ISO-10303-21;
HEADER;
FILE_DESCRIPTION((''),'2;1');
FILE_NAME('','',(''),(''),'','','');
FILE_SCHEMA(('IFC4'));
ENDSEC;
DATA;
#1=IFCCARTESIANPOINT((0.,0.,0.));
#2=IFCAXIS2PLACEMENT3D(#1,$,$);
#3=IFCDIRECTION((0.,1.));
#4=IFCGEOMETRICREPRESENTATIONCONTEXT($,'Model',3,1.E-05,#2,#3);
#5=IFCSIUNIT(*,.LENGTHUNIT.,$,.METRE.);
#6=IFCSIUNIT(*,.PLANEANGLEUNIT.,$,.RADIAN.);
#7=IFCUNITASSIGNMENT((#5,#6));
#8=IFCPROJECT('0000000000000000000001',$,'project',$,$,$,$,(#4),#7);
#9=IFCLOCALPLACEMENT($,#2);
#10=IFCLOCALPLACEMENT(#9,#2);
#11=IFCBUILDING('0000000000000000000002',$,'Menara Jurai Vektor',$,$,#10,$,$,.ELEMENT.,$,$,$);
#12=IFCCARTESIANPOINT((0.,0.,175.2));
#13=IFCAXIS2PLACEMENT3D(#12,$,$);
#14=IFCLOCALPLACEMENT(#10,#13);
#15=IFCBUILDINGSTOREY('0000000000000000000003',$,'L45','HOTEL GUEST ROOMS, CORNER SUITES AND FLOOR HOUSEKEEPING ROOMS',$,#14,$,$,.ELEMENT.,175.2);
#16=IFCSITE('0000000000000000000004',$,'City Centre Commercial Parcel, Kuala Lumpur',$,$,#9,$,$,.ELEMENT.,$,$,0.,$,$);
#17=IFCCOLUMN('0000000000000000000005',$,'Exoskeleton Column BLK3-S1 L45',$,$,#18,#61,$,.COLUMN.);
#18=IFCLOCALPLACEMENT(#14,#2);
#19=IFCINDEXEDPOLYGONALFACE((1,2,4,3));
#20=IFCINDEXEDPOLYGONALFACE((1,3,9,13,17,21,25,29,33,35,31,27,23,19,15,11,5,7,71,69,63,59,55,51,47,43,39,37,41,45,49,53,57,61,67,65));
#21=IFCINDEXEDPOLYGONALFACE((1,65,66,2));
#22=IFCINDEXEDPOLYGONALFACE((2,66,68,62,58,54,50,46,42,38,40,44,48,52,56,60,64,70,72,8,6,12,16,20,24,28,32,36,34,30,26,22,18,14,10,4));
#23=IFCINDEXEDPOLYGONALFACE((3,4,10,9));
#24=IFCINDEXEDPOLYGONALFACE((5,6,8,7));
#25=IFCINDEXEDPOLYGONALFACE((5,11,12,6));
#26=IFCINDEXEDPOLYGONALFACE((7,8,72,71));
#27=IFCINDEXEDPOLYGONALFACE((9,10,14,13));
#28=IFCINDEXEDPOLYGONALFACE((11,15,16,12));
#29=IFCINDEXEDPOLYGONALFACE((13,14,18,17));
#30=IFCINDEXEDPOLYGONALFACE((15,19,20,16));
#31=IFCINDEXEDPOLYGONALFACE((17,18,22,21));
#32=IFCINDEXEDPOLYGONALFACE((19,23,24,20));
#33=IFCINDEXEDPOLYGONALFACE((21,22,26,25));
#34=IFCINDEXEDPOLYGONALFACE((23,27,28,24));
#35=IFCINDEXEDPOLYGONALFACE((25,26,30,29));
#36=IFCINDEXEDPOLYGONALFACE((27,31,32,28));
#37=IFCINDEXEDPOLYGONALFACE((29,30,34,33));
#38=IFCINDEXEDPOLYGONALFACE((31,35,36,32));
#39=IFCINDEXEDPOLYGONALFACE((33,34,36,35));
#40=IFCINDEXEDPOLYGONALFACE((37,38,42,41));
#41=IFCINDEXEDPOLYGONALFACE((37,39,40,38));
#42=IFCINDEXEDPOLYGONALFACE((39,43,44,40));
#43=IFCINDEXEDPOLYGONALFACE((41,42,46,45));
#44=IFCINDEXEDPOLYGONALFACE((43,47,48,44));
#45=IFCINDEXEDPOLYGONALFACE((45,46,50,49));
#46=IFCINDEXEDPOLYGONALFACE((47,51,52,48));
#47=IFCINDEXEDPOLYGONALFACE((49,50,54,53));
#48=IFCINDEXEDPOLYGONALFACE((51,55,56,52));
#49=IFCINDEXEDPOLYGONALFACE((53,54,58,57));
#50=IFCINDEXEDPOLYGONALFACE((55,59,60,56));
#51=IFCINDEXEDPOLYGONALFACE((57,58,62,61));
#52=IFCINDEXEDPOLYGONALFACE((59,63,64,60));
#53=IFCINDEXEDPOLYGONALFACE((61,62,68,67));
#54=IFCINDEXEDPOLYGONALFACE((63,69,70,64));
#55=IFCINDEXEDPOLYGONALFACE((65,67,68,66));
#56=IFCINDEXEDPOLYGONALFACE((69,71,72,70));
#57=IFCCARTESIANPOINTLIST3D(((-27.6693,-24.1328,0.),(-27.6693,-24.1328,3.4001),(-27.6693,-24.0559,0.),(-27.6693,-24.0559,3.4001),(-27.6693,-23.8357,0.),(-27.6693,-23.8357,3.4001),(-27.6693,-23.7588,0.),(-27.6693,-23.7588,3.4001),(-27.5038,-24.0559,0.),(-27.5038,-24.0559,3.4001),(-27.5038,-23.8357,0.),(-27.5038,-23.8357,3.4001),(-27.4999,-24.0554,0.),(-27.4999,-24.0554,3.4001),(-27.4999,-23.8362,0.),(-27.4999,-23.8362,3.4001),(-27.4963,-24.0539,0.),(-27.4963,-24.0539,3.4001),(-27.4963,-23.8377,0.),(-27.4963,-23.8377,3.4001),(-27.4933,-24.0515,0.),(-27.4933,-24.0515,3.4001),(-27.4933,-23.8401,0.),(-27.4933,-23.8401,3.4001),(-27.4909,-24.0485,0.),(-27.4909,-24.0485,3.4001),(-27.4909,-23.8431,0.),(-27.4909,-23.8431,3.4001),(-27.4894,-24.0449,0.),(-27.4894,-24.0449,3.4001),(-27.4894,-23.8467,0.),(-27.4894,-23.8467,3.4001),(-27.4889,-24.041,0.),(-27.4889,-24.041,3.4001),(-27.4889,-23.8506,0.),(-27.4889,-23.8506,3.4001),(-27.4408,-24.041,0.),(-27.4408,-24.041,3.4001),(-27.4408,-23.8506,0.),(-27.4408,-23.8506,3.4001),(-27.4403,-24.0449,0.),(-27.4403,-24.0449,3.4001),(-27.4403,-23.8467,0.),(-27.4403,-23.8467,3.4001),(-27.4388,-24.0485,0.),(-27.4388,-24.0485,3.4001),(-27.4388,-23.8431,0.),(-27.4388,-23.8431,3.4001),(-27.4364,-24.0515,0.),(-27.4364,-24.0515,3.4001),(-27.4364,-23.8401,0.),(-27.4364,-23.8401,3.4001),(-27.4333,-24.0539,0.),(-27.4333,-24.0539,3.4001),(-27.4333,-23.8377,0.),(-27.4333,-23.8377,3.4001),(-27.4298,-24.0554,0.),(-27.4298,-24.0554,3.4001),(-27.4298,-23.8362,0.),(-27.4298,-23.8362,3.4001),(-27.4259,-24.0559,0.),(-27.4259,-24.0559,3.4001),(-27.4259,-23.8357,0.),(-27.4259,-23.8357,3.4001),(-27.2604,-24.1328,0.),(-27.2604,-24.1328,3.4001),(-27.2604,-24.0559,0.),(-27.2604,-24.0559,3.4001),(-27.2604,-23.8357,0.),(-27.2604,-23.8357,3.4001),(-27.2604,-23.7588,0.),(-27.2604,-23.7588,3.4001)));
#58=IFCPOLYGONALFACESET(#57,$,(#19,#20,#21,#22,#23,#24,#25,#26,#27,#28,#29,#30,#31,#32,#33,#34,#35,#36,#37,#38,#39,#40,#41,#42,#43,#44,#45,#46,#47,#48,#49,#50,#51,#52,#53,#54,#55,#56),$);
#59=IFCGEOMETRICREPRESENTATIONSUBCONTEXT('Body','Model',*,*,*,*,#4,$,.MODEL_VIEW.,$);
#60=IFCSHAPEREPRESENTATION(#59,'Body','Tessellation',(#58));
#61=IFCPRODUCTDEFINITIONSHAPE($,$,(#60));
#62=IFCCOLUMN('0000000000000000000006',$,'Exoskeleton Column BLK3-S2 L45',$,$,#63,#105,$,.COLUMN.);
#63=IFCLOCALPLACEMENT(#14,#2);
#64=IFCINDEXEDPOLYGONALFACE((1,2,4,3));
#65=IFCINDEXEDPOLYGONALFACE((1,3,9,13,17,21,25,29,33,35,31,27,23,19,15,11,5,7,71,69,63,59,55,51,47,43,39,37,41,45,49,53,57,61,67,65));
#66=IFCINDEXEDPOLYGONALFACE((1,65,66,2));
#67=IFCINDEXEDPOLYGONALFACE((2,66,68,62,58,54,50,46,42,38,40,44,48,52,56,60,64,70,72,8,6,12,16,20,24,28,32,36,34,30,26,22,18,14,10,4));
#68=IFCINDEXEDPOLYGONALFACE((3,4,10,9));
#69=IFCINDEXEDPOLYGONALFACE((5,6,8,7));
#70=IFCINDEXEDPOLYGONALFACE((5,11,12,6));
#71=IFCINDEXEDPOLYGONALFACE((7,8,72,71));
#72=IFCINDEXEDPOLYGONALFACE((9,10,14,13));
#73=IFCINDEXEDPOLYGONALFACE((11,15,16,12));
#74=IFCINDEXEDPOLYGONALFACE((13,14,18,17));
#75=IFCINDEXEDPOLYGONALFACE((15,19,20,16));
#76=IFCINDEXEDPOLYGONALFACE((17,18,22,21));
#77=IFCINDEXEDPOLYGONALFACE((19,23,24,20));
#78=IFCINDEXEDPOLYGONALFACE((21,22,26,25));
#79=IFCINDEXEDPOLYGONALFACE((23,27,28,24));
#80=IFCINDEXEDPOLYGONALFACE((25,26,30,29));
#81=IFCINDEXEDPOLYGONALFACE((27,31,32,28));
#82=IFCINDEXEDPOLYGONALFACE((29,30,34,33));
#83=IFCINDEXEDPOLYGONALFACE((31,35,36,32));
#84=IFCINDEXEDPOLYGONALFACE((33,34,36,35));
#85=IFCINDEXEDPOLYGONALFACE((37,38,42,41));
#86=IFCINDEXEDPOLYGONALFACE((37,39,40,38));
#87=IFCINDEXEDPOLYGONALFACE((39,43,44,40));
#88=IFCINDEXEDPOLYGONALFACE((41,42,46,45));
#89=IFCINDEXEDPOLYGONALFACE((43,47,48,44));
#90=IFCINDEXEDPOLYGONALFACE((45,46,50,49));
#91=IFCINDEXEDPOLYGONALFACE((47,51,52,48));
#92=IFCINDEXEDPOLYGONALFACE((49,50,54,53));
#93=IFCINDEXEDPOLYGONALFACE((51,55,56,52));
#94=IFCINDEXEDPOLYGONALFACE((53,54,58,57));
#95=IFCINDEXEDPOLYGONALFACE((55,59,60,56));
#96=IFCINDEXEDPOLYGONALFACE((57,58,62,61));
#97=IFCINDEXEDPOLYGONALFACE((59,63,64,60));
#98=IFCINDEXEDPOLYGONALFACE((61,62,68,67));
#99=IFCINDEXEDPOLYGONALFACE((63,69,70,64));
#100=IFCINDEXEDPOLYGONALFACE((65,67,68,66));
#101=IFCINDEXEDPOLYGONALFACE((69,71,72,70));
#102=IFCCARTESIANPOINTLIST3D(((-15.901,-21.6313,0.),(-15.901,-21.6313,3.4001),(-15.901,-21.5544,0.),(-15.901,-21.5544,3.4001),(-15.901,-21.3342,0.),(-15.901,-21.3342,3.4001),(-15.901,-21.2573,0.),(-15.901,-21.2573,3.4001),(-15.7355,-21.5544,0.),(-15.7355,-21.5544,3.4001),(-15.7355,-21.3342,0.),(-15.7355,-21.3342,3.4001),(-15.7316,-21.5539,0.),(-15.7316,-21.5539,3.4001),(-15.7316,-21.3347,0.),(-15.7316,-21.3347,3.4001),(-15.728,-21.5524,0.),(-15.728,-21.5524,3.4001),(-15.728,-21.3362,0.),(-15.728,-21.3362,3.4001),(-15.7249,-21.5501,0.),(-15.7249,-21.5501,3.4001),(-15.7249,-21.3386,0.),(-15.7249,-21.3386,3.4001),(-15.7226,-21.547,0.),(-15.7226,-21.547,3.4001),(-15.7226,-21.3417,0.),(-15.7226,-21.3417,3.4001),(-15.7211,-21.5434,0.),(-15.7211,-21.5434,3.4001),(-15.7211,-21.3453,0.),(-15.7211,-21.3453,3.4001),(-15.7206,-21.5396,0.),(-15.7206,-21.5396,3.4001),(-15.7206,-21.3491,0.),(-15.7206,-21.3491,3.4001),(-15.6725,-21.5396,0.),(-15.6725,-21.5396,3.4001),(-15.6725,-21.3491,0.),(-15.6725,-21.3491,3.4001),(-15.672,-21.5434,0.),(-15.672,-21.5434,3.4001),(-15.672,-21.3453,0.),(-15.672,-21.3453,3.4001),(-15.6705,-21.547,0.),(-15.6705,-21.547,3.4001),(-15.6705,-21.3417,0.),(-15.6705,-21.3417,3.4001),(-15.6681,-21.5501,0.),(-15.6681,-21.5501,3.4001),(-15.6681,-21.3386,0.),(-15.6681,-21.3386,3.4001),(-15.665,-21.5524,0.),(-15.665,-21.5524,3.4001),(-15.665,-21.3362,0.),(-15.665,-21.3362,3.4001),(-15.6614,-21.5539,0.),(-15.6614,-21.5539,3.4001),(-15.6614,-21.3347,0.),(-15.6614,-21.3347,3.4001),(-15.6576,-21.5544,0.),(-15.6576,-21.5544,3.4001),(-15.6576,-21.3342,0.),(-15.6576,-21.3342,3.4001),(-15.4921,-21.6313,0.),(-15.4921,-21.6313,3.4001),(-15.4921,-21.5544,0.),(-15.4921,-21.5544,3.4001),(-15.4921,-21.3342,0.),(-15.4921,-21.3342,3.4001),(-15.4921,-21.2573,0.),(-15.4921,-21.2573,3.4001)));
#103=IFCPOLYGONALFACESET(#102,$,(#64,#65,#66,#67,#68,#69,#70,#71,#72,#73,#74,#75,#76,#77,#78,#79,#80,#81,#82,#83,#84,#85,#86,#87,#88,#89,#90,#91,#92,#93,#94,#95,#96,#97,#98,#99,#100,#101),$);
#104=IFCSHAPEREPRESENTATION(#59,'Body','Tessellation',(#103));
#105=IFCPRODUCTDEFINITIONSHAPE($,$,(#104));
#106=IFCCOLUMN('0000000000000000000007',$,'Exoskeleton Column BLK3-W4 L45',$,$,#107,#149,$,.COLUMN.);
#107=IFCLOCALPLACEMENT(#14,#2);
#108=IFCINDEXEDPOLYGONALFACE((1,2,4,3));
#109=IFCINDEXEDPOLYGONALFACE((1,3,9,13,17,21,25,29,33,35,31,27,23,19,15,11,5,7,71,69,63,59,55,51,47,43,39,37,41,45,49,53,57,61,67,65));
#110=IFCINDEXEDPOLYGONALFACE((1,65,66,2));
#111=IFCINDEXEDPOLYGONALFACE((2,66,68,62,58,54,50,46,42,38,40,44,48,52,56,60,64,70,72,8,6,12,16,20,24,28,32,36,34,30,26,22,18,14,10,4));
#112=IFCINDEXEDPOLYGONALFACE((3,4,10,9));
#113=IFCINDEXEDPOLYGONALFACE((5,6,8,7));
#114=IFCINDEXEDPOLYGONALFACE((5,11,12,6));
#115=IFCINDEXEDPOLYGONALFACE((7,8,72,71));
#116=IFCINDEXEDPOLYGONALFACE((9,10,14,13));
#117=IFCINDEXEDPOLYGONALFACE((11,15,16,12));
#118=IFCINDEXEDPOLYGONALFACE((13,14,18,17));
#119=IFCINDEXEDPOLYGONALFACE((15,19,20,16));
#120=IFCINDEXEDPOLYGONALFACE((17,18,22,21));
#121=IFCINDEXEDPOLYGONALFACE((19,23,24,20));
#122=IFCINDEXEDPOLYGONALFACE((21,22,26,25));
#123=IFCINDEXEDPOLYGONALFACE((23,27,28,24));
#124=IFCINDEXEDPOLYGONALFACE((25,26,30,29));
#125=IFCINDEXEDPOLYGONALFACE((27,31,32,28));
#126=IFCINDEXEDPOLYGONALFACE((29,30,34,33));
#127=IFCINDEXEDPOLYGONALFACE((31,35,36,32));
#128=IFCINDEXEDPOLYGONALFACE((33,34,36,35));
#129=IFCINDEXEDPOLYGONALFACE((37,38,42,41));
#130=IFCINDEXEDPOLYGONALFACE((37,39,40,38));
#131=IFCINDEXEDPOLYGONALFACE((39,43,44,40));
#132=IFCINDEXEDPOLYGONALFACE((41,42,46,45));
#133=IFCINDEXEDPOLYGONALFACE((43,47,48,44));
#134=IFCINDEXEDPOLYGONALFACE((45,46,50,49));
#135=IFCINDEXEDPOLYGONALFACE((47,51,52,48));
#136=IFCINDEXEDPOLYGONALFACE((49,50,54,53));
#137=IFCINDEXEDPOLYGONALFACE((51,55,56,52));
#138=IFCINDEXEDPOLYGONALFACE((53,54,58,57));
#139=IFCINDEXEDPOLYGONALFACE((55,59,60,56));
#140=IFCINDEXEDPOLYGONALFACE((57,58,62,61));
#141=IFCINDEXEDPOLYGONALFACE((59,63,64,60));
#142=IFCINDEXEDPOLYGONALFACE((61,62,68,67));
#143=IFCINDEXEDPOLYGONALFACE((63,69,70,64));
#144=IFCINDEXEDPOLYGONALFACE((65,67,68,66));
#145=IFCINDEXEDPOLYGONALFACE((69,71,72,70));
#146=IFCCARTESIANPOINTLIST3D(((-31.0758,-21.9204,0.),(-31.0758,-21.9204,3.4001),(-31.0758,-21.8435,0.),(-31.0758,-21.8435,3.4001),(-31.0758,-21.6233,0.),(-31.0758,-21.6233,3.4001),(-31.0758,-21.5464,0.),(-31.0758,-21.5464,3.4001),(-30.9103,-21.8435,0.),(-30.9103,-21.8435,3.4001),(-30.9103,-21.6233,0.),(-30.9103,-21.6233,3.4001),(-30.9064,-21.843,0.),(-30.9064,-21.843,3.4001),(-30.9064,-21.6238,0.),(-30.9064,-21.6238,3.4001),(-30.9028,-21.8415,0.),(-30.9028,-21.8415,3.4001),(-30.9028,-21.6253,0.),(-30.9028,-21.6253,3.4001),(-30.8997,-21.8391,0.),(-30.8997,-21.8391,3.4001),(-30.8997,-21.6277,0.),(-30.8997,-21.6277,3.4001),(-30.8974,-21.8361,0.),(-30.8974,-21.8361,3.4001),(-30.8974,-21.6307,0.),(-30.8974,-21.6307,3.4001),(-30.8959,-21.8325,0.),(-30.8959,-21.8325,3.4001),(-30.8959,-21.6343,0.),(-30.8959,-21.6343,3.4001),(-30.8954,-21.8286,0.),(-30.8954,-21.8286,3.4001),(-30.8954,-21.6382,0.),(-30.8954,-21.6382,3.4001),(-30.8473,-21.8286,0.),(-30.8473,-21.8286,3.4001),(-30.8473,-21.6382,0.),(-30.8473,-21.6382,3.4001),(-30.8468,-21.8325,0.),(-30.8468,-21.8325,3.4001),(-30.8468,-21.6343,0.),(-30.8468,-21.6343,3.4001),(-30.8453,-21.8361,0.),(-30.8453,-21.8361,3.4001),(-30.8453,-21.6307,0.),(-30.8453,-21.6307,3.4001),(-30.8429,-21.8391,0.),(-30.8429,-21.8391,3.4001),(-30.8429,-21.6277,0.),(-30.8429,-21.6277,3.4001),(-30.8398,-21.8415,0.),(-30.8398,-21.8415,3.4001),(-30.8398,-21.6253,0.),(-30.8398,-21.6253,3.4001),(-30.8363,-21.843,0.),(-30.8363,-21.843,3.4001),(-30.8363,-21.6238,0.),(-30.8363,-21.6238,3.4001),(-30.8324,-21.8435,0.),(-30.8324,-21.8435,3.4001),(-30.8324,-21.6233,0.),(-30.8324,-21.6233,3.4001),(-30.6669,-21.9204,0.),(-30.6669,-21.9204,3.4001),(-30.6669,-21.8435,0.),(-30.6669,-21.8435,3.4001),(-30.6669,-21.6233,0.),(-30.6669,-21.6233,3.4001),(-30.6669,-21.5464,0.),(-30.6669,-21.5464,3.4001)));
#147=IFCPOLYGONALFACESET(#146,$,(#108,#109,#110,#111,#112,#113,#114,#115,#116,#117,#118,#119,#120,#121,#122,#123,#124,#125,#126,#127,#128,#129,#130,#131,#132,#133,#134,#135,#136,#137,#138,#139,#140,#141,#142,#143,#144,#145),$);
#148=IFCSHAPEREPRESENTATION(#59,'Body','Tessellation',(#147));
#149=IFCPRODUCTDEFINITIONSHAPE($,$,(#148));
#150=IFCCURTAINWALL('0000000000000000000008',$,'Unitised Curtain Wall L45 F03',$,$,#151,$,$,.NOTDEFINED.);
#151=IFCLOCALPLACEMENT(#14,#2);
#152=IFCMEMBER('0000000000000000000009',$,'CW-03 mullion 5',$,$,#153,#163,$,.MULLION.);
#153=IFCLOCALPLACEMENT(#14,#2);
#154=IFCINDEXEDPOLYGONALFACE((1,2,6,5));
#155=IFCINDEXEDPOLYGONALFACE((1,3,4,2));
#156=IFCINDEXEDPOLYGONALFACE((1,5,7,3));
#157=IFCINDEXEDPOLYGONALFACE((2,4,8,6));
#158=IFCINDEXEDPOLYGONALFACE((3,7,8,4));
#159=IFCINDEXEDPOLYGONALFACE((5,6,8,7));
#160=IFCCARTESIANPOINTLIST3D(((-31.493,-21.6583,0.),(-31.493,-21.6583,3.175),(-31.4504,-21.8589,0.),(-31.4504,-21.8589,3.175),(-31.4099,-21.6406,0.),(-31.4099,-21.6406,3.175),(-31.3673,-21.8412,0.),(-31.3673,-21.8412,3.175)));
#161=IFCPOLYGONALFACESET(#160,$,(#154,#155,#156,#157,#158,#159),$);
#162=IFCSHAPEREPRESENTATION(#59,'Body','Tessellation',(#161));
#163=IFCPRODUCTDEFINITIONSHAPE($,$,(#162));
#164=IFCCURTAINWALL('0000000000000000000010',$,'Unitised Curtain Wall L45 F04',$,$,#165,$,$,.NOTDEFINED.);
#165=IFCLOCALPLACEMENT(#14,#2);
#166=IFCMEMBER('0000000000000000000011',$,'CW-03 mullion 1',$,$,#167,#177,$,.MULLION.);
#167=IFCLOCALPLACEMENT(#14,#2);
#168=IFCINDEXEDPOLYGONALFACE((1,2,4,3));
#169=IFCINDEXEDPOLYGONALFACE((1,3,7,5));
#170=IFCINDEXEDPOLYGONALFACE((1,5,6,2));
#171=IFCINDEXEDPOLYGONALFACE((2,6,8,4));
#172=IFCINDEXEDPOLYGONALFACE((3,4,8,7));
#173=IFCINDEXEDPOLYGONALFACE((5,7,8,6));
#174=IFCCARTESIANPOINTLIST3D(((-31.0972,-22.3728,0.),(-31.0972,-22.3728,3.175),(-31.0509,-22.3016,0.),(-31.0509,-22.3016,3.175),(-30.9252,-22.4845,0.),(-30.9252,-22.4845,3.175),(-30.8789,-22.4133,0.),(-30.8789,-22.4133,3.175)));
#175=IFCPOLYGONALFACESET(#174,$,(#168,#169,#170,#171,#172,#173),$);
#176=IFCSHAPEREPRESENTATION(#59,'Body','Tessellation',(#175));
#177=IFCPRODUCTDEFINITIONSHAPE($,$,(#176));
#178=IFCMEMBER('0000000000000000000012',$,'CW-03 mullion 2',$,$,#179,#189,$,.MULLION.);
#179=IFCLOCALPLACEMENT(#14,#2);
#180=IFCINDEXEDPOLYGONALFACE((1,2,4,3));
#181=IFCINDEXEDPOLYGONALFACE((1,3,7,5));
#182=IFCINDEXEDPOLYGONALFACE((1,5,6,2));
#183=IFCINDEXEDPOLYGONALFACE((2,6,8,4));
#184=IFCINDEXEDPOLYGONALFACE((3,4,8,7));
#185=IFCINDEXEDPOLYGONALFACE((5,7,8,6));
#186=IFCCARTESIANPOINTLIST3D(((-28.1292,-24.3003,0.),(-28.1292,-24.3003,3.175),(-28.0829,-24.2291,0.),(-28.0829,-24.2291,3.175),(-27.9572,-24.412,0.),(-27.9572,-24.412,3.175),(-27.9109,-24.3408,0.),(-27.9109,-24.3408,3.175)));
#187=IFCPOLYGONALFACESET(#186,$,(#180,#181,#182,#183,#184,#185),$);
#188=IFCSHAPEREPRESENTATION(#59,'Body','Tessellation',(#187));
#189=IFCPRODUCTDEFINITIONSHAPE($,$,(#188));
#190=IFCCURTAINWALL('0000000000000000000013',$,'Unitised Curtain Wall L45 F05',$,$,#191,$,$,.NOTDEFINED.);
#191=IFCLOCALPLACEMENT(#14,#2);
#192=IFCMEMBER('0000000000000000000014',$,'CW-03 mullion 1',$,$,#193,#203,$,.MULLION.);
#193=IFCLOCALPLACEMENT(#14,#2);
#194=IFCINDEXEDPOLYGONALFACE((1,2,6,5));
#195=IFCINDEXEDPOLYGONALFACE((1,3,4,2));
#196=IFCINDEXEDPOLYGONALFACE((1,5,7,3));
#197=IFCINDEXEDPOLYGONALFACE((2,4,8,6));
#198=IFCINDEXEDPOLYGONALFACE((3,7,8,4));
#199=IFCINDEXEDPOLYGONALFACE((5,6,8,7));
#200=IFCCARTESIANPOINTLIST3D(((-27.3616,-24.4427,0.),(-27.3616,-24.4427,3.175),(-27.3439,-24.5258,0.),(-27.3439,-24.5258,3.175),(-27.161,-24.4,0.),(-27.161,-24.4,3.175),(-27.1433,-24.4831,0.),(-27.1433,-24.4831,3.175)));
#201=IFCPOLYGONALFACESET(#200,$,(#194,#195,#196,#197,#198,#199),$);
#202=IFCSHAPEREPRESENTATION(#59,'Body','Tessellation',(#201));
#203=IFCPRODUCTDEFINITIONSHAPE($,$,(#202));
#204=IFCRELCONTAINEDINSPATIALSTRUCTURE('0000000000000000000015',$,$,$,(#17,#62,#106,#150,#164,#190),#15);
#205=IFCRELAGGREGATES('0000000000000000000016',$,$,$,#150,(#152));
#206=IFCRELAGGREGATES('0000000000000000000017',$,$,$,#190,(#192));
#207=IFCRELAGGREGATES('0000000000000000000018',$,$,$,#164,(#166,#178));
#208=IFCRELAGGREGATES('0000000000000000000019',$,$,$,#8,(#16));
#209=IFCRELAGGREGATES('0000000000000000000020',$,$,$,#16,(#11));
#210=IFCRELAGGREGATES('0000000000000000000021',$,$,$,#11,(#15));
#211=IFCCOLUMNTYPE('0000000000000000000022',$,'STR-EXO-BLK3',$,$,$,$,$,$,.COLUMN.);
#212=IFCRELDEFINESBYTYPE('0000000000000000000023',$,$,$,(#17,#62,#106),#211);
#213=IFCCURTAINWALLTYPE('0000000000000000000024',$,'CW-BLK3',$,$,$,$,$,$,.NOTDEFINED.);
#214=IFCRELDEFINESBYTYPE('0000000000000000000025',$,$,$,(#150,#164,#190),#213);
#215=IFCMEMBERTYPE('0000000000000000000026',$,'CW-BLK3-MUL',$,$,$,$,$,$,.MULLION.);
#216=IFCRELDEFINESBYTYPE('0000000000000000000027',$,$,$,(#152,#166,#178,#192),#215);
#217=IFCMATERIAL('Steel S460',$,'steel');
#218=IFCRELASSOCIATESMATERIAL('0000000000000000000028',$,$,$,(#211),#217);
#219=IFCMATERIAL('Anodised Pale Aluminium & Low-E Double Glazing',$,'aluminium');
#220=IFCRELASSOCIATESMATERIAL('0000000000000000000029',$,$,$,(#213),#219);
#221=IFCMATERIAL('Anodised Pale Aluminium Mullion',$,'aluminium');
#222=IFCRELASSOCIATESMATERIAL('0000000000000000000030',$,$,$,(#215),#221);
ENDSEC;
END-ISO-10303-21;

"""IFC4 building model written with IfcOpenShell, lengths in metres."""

from ifc_helpers import new_model, si_unit, direction, frame, origin, origin_2d, place, context, subcontext, project, spatial, rectangle, i_section, extrude, material, material_profile, profile_set, type_object, element, aggregate, save


model = new_model("IFC4")

# Units and contexts
model_context = context("Model", 3, precision=1e-05, world=origin(), true_north=direction((0.0, 1.0)))
body_context = subcontext(model_context, "Body", "Model", "MODEL_VIEW")
ifc_project = project(units=[si_unit("LENGTHUNIT", "METRE"), si_unit("PLANEANGLEUNIT", "RADIAN")], contexts=[model_context])

# Site, building, storey
site_placement = place(None, origin())
site = spatial("IfcSite", under=ifc_project, at=site_placement, Name="City Centre Commercial Parcel, Kuala Lumpur", CompositionType="ELEMENT", RefElevation=0.0)
building_placement = place(site_placement, origin())
building = spatial("IfcBuilding", under=site, at=building_placement, Name="Menara Jurai Vektor", CompositionType="ELEMENT")
storey_placement = place(building_placement, frame((0.0, 0.0, 175.2)))
storey = spatial("IfcBuildingStorey", under=building, at=storey_placement, Name="L45", Description="HOTEL GUEST ROOMS, CORNER SUITES AND FLOOR HOUSEKEEPING ROOMS", CompositionType="ELEMENT", Elevation=175.2)

# Columns
ifc_material_1 = material(Name="Steel S460", Category="steel")
ifc_material_profile_1 = material_profile(ifc_material_1, i_section(OverallWidth=0.4089, OverallDepth=0.374, WebThickness=0.0481, FlangeThickness=0.0769, FilletRadius=0.0149, at=origin_2d()), Name="HD 400x634")
ifc_profile_set_1 = profile_set([ifc_material_profile_1], Name="Steel S460")
column_type = type_object("IfcColumnType", Name="STR-EXO-BLK3", PredefinedType="COLUMN", material=ifc_profile_set_1)
for number, where, z_axis, x_axis, name in (
    (1, (-27.4648, -23.9458, 0.0), (0.0, 0.0, 1.0), (1.0, 0.0, 0.0), "Exoskeleton Column BLK3-S1 L45"),
    (2, (-15.6965, -21.4443, 0.0), (0.0, 0.0, 1.0), (1.0, 0.0, 0.0), "Exoskeleton Column BLK3-S2 L45"),
    (3, (-30.8713, -21.7334, 0.0), (0.0, 0.0, 1.0), (1.0, 0.0, 0.0), "Exoskeleton Column BLK3-W4 L45"),
):
    element("IfcColumn", number, at=place(storey_placement, frame(where, z_axis=z_axis, x_axis=x_axis)), inside=storey, type_object=column_type, Name=name, PredefinedType="COLUMN", context=body_context, shape_type="SweptSolid", body=[
        extrude(i_section(OverallWidth=0.4089, OverallDepth=0.374, WebThickness=0.0481, FlangeThickness=0.0769, FilletRadius=0.0149, at=origin_2d()), origin(), (0.0, 0.0, 1.0), 3.4001),
    ])

# Curtain wall, member
ifc_material_2 = material(Name="Anodised Pale Aluminium & Low-E Double Glazing", Category="aluminium")
curtain_wall_type = type_object("IfcCurtainWallType", Name="CW-BLK3", PredefinedType="NOTDEFINED", material=ifc_material_2)
curtain_wall_1_placement = place(storey_placement, origin())
curtain_wall_1 = element("IfcCurtainWall", 4, at=curtain_wall_1_placement, inside=storey, type_object=curtain_wall_type, Name="Unitised Curtain Wall L45 F03", PredefinedType="NOTDEFINED")
ifc_material_3 = material(Name="Anodised Pale Aluminium Mullion", Category="aluminium")
ifc_material_profile_2 = material_profile(ifc_material_3, rectangle(XDim=0.085, YDim=0.2051, at=origin_2d()), Name="ALU MUL 85x205")
ifc_profile_set_2 = profile_set([ifc_material_profile_2], Name="Anodised Pale Aluminium Mullion")
member_type_1 = type_object("IfcMemberType", Name="CW-BLK3-MUL", PredefinedType="MULLION", material=ifc_profile_set_2)
member_1_placement = place(storey_placement, frame((-31.4302, -21.7498, 0.0), z_axis=(0.0, 0.0, 1.0), x_axis=(0.978148, 0.20791, 0.0)))
member_1 = element("IfcMember", 5, at=member_1_placement, type_object=member_type_1, Name="CW-03 mullion 5", PredefinedType="MULLION", context=body_context, shape_type="SweptSolid", body=[
    extrude(rectangle(XDim=0.085, YDim=0.2051, at=origin_2d()), origin(), (0.0, 0.0, 1.0), 3.175),
])
aggregate(curtain_wall_1, [member_1])

# Curtain walls, members
curtain_wall_2_placement = place(storey_placement, origin())
curtain_wall_2 = element("IfcCurtainWall", 6, at=curtain_wall_2_placement, inside=storey, type_object=curtain_wall_type, Name="Unitised Curtain Wall L45 F04", PredefinedType="NOTDEFINED")
member_2_placement = place(storey_placement, frame((-30.988, -22.3931, 0.0), z_axis=(0.0, 0.0, 1.0), x_axis=(0.544618, 0.838684, 0.0)))
member_2 = element("IfcMember", 7, at=member_2_placement, type_object=member_type_1, Name="CW-03 mullion 1", PredefinedType="MULLION", context=body_context, shape_type="SweptSolid", body=[
    extrude(rectangle(XDim=0.085, YDim=0.2051, at=origin_2d()), origin(), (0.0, 0.0, 1.0), 3.175),
])
member_3_placement = place(storey_placement, frame((-28.02, -24.3206, 0.0), z_axis=(0.0, 0.0, 1.0), x_axis=(0.544618, 0.838684, 0.0)))
member_3 = element("IfcMember", 8, at=member_3_placement, type_object=member_type_1, Name="CW-03 mullion 2", PredefinedType="MULLION", context=body_context, shape_type="SweptSolid", body=[
    extrude(rectangle(XDim=0.085, YDim=0.2051, at=origin_2d()), origin(), (0.0, 0.0, 1.0), 3.175),
])
curtain_wall_3_placement = place(storey_placement, origin())
curtain_wall_3 = element("IfcCurtainWall", 9, at=curtain_wall_3_placement, inside=storey, type_object=curtain_wall_type, Name="Unitised Curtain Wall L45 F05", PredefinedType="NOTDEFINED")
member_4_placement = place(storey_placement, frame((-27.2524, -24.4629, 0.0), z_axis=(0.0, 0.0, 1.0), x_axis=(-0.207911, 0.978148, 0.0)))
member_4 = element("IfcMember", 10, at=member_4_placement, type_object=member_type_1, Name="CW-03 mullion 1", PredefinedType="MULLION", context=body_context, shape_type="SweptSolid", body=[
    extrude(rectangle(XDim=0.085, YDim=0.2051, at=origin_2d()), origin(), (0.0, 0.0, 1.0), 3.175),
])

aggregate(curtain_wall_3, [member_4])
aggregate(curtain_wall_2, [member_2, member_3])

save(model, "model.ifc")
